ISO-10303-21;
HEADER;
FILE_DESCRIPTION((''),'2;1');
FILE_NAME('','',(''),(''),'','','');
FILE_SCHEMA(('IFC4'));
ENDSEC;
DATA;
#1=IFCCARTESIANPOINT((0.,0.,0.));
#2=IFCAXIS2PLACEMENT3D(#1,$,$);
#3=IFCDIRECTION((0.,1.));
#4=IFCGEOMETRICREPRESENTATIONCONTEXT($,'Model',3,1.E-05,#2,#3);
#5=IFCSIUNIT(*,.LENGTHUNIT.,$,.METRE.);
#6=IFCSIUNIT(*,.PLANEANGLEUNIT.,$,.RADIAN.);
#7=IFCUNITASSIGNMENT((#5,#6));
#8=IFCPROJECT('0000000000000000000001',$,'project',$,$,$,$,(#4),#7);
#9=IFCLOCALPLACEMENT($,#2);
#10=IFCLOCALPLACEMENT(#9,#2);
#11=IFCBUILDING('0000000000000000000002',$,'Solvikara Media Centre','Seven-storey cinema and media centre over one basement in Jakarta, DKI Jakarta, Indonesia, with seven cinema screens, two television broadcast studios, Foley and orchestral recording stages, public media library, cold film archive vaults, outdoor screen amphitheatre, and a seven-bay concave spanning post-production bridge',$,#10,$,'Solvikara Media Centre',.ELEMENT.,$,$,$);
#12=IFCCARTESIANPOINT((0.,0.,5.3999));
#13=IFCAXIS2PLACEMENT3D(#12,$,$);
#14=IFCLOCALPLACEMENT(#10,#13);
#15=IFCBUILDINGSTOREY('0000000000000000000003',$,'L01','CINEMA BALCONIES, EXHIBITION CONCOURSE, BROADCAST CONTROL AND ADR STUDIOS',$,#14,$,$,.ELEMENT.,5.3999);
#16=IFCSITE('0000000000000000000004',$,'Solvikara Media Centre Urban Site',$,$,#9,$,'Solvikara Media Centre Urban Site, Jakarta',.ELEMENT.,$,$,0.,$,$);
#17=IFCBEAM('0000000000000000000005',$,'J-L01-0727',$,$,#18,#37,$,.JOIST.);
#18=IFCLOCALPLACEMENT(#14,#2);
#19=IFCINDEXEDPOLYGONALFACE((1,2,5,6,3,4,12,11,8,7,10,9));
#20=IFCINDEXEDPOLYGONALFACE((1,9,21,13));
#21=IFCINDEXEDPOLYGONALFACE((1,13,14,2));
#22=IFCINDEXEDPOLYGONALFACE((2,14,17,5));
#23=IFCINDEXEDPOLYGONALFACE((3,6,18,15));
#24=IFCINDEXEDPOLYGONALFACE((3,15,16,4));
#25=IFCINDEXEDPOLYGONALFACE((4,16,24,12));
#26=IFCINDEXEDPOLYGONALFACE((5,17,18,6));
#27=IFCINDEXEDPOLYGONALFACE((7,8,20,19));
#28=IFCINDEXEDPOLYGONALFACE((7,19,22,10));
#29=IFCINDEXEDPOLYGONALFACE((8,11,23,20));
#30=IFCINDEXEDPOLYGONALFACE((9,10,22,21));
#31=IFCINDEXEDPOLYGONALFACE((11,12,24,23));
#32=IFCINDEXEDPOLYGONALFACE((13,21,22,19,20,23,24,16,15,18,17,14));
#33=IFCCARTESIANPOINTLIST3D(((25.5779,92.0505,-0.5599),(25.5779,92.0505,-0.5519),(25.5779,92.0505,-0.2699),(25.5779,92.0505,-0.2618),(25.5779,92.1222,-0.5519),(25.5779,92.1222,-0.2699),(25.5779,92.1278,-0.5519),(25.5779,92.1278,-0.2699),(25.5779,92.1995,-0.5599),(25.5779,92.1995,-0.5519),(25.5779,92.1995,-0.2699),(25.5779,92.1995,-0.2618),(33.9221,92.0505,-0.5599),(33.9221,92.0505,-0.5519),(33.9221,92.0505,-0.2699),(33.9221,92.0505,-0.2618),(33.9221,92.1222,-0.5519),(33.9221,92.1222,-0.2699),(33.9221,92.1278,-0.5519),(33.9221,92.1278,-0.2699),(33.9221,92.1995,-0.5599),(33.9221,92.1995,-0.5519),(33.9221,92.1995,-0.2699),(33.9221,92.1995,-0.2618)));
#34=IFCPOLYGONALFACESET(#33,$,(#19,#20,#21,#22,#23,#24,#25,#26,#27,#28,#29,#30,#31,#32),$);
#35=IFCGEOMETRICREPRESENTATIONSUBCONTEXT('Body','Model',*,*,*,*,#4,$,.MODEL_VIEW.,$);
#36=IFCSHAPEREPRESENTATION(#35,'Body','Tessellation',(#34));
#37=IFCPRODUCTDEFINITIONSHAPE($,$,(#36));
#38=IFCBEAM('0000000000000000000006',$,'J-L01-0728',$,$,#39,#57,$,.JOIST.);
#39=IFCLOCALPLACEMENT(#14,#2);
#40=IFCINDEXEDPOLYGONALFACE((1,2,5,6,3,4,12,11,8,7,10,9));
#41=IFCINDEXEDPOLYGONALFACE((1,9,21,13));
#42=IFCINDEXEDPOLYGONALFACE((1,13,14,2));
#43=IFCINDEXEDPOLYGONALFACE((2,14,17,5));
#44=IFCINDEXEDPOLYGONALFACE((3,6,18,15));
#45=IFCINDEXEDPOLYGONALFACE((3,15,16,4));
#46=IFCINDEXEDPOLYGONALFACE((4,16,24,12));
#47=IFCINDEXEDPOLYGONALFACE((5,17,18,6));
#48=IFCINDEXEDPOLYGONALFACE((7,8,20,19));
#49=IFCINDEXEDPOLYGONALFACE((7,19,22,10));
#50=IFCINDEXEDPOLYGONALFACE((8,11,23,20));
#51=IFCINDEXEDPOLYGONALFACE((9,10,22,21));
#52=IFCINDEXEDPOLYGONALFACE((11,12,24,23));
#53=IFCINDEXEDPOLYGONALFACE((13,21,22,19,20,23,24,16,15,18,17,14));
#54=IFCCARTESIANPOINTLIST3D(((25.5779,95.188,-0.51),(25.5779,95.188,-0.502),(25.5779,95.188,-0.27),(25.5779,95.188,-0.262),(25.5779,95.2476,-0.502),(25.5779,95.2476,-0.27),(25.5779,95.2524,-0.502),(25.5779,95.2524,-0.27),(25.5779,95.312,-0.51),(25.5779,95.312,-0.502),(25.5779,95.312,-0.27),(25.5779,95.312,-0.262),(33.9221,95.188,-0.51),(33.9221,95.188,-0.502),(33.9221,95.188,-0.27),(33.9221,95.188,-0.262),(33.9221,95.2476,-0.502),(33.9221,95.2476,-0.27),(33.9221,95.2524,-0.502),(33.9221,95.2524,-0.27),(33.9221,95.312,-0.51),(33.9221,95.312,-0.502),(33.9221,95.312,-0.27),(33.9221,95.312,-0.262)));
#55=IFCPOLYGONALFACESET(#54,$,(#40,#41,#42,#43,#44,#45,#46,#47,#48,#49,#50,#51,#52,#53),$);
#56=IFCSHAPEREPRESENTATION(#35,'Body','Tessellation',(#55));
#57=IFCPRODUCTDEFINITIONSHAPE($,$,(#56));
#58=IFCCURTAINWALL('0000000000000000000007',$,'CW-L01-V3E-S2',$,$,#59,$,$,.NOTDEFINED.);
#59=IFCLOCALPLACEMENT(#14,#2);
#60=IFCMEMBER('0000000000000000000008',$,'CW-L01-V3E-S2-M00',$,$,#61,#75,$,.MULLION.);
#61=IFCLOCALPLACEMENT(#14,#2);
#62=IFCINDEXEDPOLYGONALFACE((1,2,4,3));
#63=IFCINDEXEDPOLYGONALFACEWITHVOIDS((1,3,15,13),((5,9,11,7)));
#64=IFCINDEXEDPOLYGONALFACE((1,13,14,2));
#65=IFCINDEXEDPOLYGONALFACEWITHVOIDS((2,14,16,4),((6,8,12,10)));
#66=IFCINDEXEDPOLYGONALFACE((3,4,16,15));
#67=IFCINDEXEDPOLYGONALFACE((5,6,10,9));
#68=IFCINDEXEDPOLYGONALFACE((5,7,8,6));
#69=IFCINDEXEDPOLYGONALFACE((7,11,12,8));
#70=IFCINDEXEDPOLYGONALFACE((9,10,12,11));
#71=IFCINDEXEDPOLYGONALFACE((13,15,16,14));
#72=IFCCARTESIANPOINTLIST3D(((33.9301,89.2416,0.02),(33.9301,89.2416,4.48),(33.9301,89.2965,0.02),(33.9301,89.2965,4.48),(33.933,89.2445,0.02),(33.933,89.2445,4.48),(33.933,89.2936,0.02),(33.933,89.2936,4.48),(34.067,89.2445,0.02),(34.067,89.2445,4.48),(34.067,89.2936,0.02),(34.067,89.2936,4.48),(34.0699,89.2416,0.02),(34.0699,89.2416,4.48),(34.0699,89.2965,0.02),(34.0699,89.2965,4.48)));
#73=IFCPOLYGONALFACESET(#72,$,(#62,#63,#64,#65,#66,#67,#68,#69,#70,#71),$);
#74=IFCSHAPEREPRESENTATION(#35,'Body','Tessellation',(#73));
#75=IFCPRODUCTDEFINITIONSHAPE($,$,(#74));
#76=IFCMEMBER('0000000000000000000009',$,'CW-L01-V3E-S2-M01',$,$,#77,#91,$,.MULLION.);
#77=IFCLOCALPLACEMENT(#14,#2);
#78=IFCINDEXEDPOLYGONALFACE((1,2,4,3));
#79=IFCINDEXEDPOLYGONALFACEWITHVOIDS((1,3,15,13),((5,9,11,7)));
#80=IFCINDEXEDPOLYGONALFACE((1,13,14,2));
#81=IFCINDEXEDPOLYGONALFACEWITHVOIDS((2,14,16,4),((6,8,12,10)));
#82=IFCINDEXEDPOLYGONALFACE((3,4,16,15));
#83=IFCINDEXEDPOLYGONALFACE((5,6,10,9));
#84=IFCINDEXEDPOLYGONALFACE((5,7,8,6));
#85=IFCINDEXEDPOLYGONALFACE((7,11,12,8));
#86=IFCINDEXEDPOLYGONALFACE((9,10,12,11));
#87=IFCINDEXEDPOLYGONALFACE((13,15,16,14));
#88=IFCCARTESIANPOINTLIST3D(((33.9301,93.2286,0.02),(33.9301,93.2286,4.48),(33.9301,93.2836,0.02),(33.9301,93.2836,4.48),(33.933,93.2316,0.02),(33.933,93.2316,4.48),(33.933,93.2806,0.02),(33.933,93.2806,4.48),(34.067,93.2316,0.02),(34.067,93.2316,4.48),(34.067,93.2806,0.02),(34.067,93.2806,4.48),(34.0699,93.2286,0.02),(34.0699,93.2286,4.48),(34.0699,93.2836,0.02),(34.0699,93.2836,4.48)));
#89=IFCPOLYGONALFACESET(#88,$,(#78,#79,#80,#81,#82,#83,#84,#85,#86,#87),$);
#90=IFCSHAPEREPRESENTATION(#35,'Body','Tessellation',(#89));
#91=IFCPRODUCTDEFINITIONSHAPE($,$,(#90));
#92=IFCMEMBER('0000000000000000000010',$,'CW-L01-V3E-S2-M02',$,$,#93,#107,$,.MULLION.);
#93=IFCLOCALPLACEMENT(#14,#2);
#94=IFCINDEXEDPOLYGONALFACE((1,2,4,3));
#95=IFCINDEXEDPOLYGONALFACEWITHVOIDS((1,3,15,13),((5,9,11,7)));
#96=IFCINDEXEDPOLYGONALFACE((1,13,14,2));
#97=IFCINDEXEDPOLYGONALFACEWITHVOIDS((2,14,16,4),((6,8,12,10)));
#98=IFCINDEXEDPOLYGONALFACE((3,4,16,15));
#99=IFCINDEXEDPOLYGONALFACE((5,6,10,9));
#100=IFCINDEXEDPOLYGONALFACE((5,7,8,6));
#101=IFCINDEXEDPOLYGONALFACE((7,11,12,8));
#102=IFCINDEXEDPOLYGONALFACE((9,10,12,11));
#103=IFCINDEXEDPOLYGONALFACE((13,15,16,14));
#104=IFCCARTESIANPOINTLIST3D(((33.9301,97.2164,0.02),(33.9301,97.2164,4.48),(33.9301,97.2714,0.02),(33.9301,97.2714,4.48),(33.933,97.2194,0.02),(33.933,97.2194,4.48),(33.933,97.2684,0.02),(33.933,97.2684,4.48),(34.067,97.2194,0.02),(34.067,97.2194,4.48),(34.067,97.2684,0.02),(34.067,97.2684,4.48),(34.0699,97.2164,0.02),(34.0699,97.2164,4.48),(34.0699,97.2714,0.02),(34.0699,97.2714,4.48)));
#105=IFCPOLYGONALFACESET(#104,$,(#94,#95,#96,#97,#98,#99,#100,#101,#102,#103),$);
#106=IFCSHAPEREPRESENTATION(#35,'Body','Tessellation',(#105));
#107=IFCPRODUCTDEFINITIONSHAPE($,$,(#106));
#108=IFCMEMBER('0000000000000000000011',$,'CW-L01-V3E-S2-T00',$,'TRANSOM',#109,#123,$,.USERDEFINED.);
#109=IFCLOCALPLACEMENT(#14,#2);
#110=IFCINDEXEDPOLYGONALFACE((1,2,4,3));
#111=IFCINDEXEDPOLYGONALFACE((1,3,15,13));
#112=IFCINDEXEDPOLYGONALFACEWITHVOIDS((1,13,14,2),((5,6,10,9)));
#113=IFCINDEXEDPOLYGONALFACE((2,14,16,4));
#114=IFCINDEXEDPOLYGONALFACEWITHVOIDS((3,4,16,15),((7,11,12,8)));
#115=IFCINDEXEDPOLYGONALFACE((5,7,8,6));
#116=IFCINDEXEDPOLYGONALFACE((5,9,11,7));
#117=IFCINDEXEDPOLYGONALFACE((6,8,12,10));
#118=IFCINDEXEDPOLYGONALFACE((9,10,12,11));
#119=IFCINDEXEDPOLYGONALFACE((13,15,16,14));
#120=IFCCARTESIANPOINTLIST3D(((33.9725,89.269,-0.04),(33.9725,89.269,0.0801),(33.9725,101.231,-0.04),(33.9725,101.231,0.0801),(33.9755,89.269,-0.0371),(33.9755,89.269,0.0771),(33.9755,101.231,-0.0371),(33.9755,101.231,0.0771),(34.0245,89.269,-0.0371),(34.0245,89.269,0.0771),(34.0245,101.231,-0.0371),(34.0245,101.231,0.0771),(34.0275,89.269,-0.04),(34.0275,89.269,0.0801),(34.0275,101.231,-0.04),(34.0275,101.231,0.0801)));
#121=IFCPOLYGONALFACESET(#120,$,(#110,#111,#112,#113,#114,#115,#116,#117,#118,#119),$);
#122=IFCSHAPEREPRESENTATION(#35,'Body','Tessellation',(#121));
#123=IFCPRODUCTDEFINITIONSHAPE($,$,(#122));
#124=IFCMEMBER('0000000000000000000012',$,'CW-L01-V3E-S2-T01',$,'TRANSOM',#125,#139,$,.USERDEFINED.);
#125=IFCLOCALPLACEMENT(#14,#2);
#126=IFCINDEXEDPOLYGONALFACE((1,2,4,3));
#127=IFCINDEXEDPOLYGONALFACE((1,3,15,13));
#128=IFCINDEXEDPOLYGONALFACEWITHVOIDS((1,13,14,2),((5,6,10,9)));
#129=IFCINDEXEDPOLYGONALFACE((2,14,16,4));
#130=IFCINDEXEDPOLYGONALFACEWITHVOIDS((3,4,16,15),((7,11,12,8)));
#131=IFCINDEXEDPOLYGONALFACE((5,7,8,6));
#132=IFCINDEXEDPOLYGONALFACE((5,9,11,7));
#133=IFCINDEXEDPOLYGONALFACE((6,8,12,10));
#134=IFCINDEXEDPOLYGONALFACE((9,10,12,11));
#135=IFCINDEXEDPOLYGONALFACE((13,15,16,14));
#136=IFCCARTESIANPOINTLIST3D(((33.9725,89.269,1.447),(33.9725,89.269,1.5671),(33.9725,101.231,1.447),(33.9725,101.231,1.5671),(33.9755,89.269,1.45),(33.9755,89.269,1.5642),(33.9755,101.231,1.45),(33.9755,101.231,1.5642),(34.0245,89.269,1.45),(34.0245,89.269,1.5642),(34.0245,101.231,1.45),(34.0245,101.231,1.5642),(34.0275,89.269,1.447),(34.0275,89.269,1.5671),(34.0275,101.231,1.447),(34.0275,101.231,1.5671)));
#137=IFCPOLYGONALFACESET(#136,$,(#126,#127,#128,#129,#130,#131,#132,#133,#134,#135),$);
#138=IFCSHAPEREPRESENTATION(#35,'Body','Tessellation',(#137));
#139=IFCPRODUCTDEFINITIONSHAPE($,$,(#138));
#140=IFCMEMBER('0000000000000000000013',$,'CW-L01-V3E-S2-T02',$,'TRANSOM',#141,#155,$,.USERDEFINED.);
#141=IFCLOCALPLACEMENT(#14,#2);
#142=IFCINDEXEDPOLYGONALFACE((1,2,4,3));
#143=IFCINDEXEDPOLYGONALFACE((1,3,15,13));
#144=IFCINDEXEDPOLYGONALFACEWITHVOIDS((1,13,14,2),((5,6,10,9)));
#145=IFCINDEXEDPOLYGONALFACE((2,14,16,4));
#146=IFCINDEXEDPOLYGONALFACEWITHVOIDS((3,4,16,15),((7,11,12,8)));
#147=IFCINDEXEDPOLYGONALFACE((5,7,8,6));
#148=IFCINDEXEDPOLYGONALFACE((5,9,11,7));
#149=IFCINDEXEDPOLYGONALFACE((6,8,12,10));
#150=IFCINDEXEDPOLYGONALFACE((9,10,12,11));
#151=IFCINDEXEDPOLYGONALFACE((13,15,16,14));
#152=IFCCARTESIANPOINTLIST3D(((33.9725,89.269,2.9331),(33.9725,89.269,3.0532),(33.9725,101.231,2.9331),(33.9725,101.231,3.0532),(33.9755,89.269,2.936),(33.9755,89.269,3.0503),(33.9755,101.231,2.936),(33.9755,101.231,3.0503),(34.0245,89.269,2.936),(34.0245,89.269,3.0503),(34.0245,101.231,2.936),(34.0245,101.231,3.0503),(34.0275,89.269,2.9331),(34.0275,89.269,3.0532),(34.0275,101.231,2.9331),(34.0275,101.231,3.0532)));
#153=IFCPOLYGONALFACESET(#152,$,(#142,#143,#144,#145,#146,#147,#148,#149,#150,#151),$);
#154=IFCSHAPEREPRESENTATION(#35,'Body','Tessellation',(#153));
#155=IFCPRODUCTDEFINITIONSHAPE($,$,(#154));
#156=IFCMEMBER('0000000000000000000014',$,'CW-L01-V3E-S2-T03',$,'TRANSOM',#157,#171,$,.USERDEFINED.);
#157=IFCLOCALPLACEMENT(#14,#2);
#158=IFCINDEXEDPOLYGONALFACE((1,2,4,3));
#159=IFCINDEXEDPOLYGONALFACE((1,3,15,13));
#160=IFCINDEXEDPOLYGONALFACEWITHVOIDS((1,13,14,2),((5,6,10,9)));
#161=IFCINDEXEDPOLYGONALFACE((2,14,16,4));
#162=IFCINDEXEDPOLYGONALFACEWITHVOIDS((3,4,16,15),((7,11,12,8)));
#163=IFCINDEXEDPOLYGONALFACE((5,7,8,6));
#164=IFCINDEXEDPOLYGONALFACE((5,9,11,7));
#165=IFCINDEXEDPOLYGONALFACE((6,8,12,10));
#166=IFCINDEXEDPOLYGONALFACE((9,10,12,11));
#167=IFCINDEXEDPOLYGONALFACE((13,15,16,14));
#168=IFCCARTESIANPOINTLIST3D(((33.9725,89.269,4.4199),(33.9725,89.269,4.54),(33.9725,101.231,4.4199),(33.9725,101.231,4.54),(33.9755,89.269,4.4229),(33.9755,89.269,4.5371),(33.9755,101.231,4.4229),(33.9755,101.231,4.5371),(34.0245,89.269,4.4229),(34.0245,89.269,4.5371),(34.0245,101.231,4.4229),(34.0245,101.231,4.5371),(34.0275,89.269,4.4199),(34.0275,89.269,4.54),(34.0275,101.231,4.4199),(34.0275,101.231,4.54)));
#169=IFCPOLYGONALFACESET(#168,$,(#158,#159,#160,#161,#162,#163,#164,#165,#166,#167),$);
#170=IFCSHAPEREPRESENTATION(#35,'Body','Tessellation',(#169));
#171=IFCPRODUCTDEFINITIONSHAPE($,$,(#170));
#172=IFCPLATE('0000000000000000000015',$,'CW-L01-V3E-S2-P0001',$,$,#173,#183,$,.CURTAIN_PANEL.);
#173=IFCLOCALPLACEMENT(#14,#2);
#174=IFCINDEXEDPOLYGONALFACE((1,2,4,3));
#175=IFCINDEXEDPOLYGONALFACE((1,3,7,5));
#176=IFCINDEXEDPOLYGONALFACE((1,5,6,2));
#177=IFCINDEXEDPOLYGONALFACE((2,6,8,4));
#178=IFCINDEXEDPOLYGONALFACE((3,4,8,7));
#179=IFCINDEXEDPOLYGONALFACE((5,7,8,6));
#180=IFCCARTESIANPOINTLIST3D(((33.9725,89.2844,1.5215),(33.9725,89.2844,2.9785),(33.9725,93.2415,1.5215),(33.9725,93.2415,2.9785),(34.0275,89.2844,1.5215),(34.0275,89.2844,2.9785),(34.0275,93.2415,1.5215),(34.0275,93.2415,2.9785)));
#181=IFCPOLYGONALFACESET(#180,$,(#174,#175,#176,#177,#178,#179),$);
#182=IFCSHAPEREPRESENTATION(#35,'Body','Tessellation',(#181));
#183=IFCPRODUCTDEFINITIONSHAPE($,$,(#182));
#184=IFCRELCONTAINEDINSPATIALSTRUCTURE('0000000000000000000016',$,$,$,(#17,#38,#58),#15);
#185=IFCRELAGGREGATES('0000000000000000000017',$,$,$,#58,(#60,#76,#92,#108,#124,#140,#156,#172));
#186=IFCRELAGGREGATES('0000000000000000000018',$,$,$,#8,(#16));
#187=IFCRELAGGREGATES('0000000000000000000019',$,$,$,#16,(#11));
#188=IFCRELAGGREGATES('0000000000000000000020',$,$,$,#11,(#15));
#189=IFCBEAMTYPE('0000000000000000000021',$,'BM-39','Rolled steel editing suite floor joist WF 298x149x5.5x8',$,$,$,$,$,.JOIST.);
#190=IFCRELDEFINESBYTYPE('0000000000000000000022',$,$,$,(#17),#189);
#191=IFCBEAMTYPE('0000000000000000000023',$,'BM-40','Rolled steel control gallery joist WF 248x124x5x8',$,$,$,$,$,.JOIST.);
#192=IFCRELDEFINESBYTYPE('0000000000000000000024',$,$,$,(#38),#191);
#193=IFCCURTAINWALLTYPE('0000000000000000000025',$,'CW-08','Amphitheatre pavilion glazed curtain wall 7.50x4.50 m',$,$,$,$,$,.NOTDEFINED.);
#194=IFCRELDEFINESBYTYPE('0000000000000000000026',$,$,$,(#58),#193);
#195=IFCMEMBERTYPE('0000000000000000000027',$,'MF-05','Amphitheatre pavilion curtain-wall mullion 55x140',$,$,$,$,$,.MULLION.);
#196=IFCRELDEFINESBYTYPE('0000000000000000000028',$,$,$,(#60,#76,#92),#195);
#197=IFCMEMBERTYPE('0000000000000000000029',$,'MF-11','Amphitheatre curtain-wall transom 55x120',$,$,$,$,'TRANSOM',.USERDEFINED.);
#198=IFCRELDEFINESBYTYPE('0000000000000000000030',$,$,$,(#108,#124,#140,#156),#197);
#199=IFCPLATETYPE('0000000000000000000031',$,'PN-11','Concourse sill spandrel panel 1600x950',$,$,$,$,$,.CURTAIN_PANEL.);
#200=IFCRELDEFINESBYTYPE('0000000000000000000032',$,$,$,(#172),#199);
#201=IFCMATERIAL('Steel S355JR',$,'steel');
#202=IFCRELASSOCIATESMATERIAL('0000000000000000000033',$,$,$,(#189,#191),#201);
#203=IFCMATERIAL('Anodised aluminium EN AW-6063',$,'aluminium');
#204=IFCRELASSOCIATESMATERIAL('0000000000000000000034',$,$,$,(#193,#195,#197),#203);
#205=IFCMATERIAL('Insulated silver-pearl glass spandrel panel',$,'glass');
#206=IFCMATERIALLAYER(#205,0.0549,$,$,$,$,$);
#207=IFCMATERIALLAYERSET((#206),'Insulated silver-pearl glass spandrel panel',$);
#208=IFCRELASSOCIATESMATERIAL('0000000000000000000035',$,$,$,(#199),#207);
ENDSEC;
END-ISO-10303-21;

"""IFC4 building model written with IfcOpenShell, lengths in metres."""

from ifc_helpers import new_model, si_unit, direction, frame, origin, origin_2d, place, context, subcontext, project, spatial, rectangle, hollow_rectangle, i_section, extrude, material, layer, layer_set, material_profile, profile_set, type_object, element, aggregate, save


model = new_model("IFC4")

# Units and contexts
model_context = context("Model", 3, precision=1e-05, world=origin(), true_north=direction((0.0, 1.0)))
body_context = subcontext(model_context, "Body", "Model", "MODEL_VIEW")
ifc_project = project(units=[si_unit("LENGTHUNIT", "METRE"), si_unit("PLANEANGLEUNIT", "RADIAN")], contexts=[model_context])

# Site, building, storey
site_placement = place(None, origin())
site = spatial("IfcSite", under=ifc_project, at=site_placement, Name="Solvikara Media Centre Urban Site", LongName="Solvikara Media Centre Urban Site, Jakarta", CompositionType="ELEMENT", RefElevation=0.0)
building_placement = place(site_placement, origin())
building = spatial("IfcBuilding", under=site, at=building_placement, Name="Solvikara Media Centre", Description="Seven-storey cinema and media centre over one basement in Jakarta, DKI Jakarta, Indonesia, with seven cinema screens, two television broadcast studios, Foley and orchestral recording stages, public media library, cold film archive vaults, outdoor screen amphitheatre, and a seven-bay concave spanning post-production bridge", LongName="Solvikara Media Centre", CompositionType="ELEMENT")
storey_placement = place(building_placement, frame((0.0, 0.0, 5.3999)))
storey = spatial("IfcBuildingStorey", under=building, at=storey_placement, Name="L01", Description="CINEMA BALCONIES, EXHIBITION CONCOURSE, BROADCAST CONTROL AND ADR STUDIOS", CompositionType="ELEMENT", Elevation=5.3999)

# Shared definitions
ifc_material_1 = material(Name="Steel S355JR", Category="steel")

# Beams
ifc_material_profile_1 = material_profile(ifc_material_1, i_section(OverallWidth=0.1489, OverallDepth=0.2981, WebThickness=0.0056, FlangeThickness=0.0081, at=origin_2d()), Name="WF 298x149x5.5x8")
ifc_profile_set_1 = profile_set([ifc_material_profile_1], Name="Steel S355JR")
beam_type_1 = type_object("IfcBeamType", Name="BM-39", Description="Rolled steel editing suite floor joist WF 298x149x5.5x8", PredefinedType="JOIST", material=ifc_profile_set_1)
beam_1_placement = place(storey_placement, frame((25.5779, 92.125, -0.4109), z_axis=(1.0, 0.0, 0.0), x_axis=(0.0, 1.0, 0.0)))
element("IfcBeam", 1, at=beam_1_placement, inside=storey, type_object=beam_type_1, Name="J-L01-0727", PredefinedType="JOIST", context=body_context, shape_type="SweptSolid", body=[
    extrude(i_section(OverallWidth=0.1489, OverallDepth=0.2981, WebThickness=0.0056, FlangeThickness=0.0081, at=origin_2d()), origin(), (0.0, 0.0, 1.0), 8.3442),
])
ifc_material_profile_2 = material_profile(ifc_material_1, i_section(OverallWidth=0.124, OverallDepth=0.248, WebThickness=0.0049, FlangeThickness=0.0081, at=origin_2d()), Name="WF 248x124x5x8")
ifc_profile_set_2 = profile_set([ifc_material_profile_2], Name="Steel S355JR")
beam_type_2 = type_object("IfcBeamType", Name="BM-40", Description="Rolled steel control gallery joist WF 248x124x5x8", PredefinedType="JOIST", material=ifc_profile_set_2)
beam_2_placement = place(storey_placement, frame((25.5779, 95.25, -0.386), z_axis=(1.0, 0.0, 0.0), x_axis=(0.0, 1.0, 0.0)))
element("IfcBeam", 2, at=beam_2_placement, inside=storey, type_object=beam_type_2, Name="J-L01-0728", PredefinedType="JOIST", context=body_context, shape_type="SweptSolid", body=[
    extrude(i_section(OverallWidth=0.124, OverallDepth=0.248, WebThickness=0.0049, FlangeThickness=0.0081, at=origin_2d()), origin(), (0.0, 0.0, 1.0), 8.3442),
])

# Curtain wall, members, plate
ifc_material_2 = material(Name="Anodised aluminium EN AW-6063", Category="aluminium")
curtain_wall_type = type_object("IfcCurtainWallType", Name="CW-08", Description="Amphitheatre pavilion glazed curtain wall 7.50x4.50 m", PredefinedType="NOTDEFINED", material=ifc_material_2)
curtain_wall_placement = place(storey_placement, origin())
curtain_wall = element("IfcCurtainWall", 3, at=curtain_wall_placement, inside=storey, type_object=curtain_wall_type, Name="CW-L01-V3E-S2", PredefinedType="NOTDEFINED")
ifc_material_profile_3 = material_profile(ifc_material_2, hollow_rectangle(XDim=0.0549, YDim=0.1399, WallThickness=0.0029, at=origin_2d()), Name="ALU-M 55x140x3")
ifc_profile_set_3 = profile_set([ifc_material_profile_3], Name="Anodised aluminium EN AW-6063")
member_type_1 = type_object("IfcMemberType", Name="MF-05", Description="Amphitheatre pavilion curtain-wall mullion 55x140", PredefinedType="MULLION", material=ifc_profile_set_3)
member_1_placement = place(storey_placement, frame((34.0, 89.269, 0.02), z_axis=(0.0, 0.0, 1.0), x_axis=(0.0, 1.0, 0.0)))
member_1 = element("IfcMember", 4, at=member_1_placement, type_object=member_type_1, Name="CW-L01-V3E-S2-M00", PredefinedType="MULLION", context=body_context, shape_type="SweptSolid", body=[
    extrude(hollow_rectangle(XDim=0.0549, YDim=0.1399, WallThickness=0.0029, at=origin_2d()), origin(), (0.0, 0.0, 1.0), 4.46),
])
member_2_placement = place(storey_placement, frame((34.0, 93.2561, 0.02), z_axis=(0.0, 0.0, 1.0), x_axis=(0.0, 1.0, 0.0)))
member_2 = element("IfcMember", 5, at=member_2_placement, type_object=member_type_1, Name="CW-L01-V3E-S2-M01", PredefinedType="MULLION", context=body_context, shape_type="SweptSolid", body=[
    extrude(hollow_rectangle(XDim=0.0549, YDim=0.1399, WallThickness=0.0029, at=origin_2d()), origin(), (0.0, 0.0, 1.0), 4.46),
])
member_3_placement = place(storey_placement, frame((34.0, 97.2439, 0.02), z_axis=(0.0, 0.0, 1.0), x_axis=(0.0, 1.0, 0.0)))
member_3 = element("IfcMember", 6, at=member_3_placement, type_object=member_type_1, Name="CW-L01-V3E-S2-M02", PredefinedType="MULLION", context=body_context, shape_type="SweptSolid", body=[
    extrude(hollow_rectangle(XDim=0.0549, YDim=0.1399, WallThickness=0.0029, at=origin_2d()), origin(), (0.0, 0.0, 1.0), 4.46),
])
ifc_material_profile_4 = material_profile(ifc_material_2, hollow_rectangle(XDim=0.0549, YDim=0.1201, WallThickness=0.0029, at=origin_2d()), Name="ALU-T 55x120x3")
ifc_profile_set_4 = profile_set([ifc_material_profile_4], Name="Anodised aluminium EN AW-6063")
member_type_2 = type_object("IfcMemberType", Name="MF-11", Description="Amphitheatre curtain-wall transom 55x120", ElementType="TRANSOM", PredefinedType="USERDEFINED", material=ifc_profile_set_4)
member_4_placement = place(storey_placement, frame((34.0, 89.269, 0.02), z_axis=(0.0, 1.0, 0.0), x_axis=(-1.0, 0.0, 0.0)))
member_4 = element("IfcMember", 7, at=member_4_placement, type_object=member_type_2, Name="CW-L01-V3E-S2-T00", ObjectType="TRANSOM", PredefinedType="USERDEFINED", context=body_context, shape_type="SweptSolid", body=[
    extrude(hollow_rectangle(XDim=0.0549, YDim=0.1201, WallThickness=0.0029, at=origin_2d()), origin(), (0.0, 0.0, 1.0), 11.9619),
])
member_5_placement = place(storey_placement, frame((34.0, 89.269, 1.5071), z_axis=(0.0, 1.0, 0.0), x_axis=(-1.0, 0.0, 0.0)))
member_5 = element("IfcMember", 8, at=member_5_placement, type_object=member_type_2, Name="CW-L01-V3E-S2-T01", ObjectType="TRANSOM", PredefinedType="USERDEFINED", context=body_context, shape_type="SweptSolid", body=[
    extrude(hollow_rectangle(XDim=0.0549, YDim=0.1201, WallThickness=0.0029, at=origin_2d()), origin(), (0.0, 0.0, 1.0), 11.9619),
])
member_6_placement = place(storey_placement, frame((34.0, 89.269, 2.9932), z_axis=(0.0, 1.0, 0.0), x_axis=(-1.0, 0.0, 0.0)))
member_6 = element("IfcMember", 9, at=member_6_placement, type_object=member_type_2, Name="CW-L01-V3E-S2-T02", ObjectType="TRANSOM", PredefinedType="USERDEFINED", context=body_context, shape_type="SweptSolid", body=[
    extrude(hollow_rectangle(XDim=0.0549, YDim=0.1201, WallThickness=0.0029, at=origin_2d()), origin(), (0.0, 0.0, 1.0), 11.9619),
])
member_7_placement = place(storey_placement, frame((34.0, 89.269, 4.48), z_axis=(0.0, 1.0, 0.0), x_axis=(-1.0, 0.0, 0.0)))
member_7 = element("IfcMember", 10, at=member_7_placement, type_object=member_type_2, Name="CW-L01-V3E-S2-T03", ObjectType="TRANSOM", PredefinedType="USERDEFINED", context=body_context, shape_type="SweptSolid", body=[
    extrude(hollow_rectangle(XDim=0.0549, YDim=0.1201, WallThickness=0.0029, at=origin_2d()), origin(), (0.0, 0.0, 1.0), 11.9619),
])
ifc_material_3 = material(Name="Insulated silver-pearl glass spandrel panel", Category="glass")
ifc_layer_1 = layer(ifc_material_3, 0.0549)
ifc_layer_set_1 = layer_set([ifc_layer_1], Name="Insulated silver-pearl glass spandrel panel")
plate_type_1 = type_object("IfcPlateType", Name="PN-11", Description="Concourse sill spandrel panel 1600x950", PredefinedType="CURTAIN_PANEL", material=ifc_layer_set_1)
plate_1_placement = place(storey_placement, frame((34.0, 91.2629, 1.5215), z_axis=(0.0, 0.0, 1.0), x_axis=(0.0, 1.0, 0.0)))
plate_1 = element("IfcPlate", 11, at=plate_1_placement, type_object=plate_type_1, Name="CW-L01-V3E-S2-P0001", PredefinedType="CURTAIN_PANEL", context=body_context, shape_type="SweptSolid", body=[
    extrude(rectangle(XDim=3.957, YDim=0.0549, at=origin_2d()), origin(), (0.0, 0.0, 1.0), 1.457),
])
aggregate(curtain_wall, [member_1, member_2, member_3, member_4, member_5, member_6, member_7, plate_1])

save(model, "model.ifc")
